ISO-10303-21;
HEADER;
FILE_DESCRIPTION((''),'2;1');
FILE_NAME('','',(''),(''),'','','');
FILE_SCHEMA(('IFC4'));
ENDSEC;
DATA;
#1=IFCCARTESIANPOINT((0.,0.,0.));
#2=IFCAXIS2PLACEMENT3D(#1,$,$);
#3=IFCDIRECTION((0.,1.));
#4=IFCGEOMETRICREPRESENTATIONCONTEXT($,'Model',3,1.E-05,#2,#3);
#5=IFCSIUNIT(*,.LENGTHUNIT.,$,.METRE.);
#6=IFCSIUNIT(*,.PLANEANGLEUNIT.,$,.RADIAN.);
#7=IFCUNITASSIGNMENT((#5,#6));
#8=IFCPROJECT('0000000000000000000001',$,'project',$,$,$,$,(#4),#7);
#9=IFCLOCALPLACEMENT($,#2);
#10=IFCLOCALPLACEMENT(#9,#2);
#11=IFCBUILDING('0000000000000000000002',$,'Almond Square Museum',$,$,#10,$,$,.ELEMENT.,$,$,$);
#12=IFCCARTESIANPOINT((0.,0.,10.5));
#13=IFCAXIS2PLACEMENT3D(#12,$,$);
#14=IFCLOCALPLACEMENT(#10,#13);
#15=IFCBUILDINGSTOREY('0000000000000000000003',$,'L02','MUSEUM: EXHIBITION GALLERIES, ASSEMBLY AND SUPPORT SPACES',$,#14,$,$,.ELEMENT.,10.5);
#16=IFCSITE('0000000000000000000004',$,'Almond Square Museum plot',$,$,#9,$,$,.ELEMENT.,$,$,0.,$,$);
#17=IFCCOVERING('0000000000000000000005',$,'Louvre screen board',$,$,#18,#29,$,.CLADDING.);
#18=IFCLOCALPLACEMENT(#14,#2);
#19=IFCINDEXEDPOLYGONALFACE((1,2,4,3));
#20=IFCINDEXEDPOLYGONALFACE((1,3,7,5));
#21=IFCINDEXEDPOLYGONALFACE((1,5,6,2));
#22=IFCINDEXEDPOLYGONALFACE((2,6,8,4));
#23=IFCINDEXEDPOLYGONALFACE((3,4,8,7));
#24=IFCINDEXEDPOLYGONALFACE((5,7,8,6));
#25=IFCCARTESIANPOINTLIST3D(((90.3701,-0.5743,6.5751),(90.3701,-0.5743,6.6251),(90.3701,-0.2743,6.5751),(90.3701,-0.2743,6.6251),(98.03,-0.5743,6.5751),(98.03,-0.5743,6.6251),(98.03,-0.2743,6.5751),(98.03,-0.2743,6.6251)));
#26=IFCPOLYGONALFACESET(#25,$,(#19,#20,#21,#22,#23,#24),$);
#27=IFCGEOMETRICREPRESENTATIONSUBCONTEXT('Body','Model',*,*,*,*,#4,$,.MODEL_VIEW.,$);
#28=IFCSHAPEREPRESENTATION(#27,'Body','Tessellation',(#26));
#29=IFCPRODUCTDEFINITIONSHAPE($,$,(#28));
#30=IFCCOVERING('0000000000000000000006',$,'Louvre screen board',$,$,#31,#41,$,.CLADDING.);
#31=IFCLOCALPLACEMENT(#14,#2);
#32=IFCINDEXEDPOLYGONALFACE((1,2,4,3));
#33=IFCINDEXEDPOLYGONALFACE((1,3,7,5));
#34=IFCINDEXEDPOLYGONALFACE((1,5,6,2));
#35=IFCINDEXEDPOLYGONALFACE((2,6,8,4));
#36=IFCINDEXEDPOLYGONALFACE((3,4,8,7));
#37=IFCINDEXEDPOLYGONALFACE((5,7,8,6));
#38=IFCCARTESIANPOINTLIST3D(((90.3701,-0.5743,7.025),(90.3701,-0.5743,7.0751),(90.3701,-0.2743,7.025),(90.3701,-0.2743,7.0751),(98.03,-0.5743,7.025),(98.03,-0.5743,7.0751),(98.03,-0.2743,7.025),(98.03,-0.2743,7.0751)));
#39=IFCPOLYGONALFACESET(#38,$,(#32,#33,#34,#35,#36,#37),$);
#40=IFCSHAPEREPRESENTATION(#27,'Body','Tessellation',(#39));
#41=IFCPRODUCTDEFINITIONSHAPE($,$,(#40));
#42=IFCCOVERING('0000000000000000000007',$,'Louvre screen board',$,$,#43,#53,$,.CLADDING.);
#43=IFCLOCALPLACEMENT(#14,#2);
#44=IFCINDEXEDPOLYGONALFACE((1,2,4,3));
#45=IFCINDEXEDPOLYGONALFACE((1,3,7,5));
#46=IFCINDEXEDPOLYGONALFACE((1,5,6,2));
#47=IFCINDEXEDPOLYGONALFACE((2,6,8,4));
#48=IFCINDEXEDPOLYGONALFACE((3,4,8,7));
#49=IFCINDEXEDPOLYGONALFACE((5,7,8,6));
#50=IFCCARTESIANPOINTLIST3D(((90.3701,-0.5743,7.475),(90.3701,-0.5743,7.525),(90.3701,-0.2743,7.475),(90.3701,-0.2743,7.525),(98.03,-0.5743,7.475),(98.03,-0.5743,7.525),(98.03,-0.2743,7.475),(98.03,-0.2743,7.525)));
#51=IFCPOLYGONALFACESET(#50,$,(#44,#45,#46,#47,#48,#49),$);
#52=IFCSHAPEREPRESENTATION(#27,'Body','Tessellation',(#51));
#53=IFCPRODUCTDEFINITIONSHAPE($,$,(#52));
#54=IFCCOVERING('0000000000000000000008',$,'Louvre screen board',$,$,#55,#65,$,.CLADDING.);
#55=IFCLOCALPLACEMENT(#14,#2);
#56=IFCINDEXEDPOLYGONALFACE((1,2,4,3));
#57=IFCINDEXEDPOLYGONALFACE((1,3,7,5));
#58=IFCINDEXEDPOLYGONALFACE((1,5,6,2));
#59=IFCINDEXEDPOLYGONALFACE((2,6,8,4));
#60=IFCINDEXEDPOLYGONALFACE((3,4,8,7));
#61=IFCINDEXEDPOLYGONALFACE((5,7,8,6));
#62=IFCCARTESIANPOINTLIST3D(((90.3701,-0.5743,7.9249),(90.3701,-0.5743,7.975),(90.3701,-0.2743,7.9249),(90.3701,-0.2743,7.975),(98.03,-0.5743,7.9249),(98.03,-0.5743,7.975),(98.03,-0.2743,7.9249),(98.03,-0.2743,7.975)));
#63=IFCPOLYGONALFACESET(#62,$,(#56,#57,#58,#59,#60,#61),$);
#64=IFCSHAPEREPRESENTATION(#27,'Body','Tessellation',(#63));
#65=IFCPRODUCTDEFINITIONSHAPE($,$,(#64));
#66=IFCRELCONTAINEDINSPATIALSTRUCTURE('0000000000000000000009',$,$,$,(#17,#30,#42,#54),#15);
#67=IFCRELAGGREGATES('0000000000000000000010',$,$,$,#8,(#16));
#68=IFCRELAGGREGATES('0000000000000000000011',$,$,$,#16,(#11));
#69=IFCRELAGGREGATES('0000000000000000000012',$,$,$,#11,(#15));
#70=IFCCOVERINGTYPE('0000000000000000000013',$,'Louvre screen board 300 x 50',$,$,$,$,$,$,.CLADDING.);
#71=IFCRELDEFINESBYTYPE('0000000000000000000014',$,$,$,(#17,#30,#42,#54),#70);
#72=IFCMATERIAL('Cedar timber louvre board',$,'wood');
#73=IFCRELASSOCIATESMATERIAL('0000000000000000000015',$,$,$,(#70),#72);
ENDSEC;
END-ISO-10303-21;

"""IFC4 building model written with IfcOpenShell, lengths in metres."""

from ifc_helpers import new_model, si_unit, direction, frame, origin, origin_2d, place, context, subcontext, project, spatial, rectangle, extrude, material, material_profile, profile_set, type_object, element, save


model = new_model("IFC4")

# Units and contexts
model_context = context("Model", 3, precision=1e-05, world=origin(), true_north=direction((0.0, 1.0)))
body_context = subcontext(model_context, "Body", "Model", "MODEL_VIEW")
ifc_project = project(units=[si_unit("LENGTHUNIT", "METRE"), si_unit("PLANEANGLEUNIT", "RADIAN")], contexts=[model_context])

# Site, building, storey
site_placement = place(None, origin())
site = spatial("IfcSite", under=ifc_project, at=site_placement, Name="Almond Square Museum plot", CompositionType="ELEMENT", RefElevation=0.0)
building_placement = place(site_placement, origin())
building = spatial("IfcBuilding", under=site, at=building_placement, Name="Almond Square Museum", CompositionType="ELEMENT")
storey_placement = place(building_placement, frame((0.0, 0.0, 10.5)))
storey = spatial("IfcBuildingStorey", under=building, at=storey_placement, Name="L02", Description="MUSEUM: EXHIBITION GALLERIES, ASSEMBLY AND SUPPORT SPACES", CompositionType="ELEMENT", Elevation=10.5)

# Coverings
ifc_material_1 = material(Name="Cedar timber louvre board", Category="wood")
ifc_material_profile_1 = material_profile(ifc_material_1, rectangle(XDim=0.3, YDim=0.05, at=origin_2d()))
ifc_profile_set_1 = profile_set([ifc_material_profile_1], Name="Cedar timber louvre board")
covering_type = type_object("IfcCoveringType", Name="Louvre screen board 300 x 50", PredefinedType="CLADDING", material=ifc_profile_set_1)
for number, where, z_axis, x_axis, name in (
    (1, (90.3701, -0.4243, 6.6001), (1.0, 0.0, 0.0), (0.0, 1.0, 0.0), "Louvre screen board"),
    (2, (90.3701, -0.4243, 7.05), (1.0, 0.0, 0.0), (0.0, 1.0, 0.0), "Louvre screen board"),
    (3, (90.3701, -0.4243, 7.5), (1.0, 0.0, 0.0), (0.0, 1.0, 0.0), "Louvre screen board"),
    (4, (90.3701, -0.4243, 7.95), (1.0, 0.0, 0.0), (0.0, 1.0, 0.0), "Louvre screen board"),
):
    element("IfcCovering", number, at=place(storey_placement, frame(where, z_axis=z_axis, x_axis=x_axis)), inside=storey, type_object=covering_type, Name=name, PredefinedType="CLADDING", context=body_context, shape_type="SweptSolid", body=[
        extrude(rectangle(XDim=0.3, YDim=0.05, at=origin_2d()), origin(), (0.0, 0.0, 1.0), 7.6599),
    ])

save(model, "model.ifc")
